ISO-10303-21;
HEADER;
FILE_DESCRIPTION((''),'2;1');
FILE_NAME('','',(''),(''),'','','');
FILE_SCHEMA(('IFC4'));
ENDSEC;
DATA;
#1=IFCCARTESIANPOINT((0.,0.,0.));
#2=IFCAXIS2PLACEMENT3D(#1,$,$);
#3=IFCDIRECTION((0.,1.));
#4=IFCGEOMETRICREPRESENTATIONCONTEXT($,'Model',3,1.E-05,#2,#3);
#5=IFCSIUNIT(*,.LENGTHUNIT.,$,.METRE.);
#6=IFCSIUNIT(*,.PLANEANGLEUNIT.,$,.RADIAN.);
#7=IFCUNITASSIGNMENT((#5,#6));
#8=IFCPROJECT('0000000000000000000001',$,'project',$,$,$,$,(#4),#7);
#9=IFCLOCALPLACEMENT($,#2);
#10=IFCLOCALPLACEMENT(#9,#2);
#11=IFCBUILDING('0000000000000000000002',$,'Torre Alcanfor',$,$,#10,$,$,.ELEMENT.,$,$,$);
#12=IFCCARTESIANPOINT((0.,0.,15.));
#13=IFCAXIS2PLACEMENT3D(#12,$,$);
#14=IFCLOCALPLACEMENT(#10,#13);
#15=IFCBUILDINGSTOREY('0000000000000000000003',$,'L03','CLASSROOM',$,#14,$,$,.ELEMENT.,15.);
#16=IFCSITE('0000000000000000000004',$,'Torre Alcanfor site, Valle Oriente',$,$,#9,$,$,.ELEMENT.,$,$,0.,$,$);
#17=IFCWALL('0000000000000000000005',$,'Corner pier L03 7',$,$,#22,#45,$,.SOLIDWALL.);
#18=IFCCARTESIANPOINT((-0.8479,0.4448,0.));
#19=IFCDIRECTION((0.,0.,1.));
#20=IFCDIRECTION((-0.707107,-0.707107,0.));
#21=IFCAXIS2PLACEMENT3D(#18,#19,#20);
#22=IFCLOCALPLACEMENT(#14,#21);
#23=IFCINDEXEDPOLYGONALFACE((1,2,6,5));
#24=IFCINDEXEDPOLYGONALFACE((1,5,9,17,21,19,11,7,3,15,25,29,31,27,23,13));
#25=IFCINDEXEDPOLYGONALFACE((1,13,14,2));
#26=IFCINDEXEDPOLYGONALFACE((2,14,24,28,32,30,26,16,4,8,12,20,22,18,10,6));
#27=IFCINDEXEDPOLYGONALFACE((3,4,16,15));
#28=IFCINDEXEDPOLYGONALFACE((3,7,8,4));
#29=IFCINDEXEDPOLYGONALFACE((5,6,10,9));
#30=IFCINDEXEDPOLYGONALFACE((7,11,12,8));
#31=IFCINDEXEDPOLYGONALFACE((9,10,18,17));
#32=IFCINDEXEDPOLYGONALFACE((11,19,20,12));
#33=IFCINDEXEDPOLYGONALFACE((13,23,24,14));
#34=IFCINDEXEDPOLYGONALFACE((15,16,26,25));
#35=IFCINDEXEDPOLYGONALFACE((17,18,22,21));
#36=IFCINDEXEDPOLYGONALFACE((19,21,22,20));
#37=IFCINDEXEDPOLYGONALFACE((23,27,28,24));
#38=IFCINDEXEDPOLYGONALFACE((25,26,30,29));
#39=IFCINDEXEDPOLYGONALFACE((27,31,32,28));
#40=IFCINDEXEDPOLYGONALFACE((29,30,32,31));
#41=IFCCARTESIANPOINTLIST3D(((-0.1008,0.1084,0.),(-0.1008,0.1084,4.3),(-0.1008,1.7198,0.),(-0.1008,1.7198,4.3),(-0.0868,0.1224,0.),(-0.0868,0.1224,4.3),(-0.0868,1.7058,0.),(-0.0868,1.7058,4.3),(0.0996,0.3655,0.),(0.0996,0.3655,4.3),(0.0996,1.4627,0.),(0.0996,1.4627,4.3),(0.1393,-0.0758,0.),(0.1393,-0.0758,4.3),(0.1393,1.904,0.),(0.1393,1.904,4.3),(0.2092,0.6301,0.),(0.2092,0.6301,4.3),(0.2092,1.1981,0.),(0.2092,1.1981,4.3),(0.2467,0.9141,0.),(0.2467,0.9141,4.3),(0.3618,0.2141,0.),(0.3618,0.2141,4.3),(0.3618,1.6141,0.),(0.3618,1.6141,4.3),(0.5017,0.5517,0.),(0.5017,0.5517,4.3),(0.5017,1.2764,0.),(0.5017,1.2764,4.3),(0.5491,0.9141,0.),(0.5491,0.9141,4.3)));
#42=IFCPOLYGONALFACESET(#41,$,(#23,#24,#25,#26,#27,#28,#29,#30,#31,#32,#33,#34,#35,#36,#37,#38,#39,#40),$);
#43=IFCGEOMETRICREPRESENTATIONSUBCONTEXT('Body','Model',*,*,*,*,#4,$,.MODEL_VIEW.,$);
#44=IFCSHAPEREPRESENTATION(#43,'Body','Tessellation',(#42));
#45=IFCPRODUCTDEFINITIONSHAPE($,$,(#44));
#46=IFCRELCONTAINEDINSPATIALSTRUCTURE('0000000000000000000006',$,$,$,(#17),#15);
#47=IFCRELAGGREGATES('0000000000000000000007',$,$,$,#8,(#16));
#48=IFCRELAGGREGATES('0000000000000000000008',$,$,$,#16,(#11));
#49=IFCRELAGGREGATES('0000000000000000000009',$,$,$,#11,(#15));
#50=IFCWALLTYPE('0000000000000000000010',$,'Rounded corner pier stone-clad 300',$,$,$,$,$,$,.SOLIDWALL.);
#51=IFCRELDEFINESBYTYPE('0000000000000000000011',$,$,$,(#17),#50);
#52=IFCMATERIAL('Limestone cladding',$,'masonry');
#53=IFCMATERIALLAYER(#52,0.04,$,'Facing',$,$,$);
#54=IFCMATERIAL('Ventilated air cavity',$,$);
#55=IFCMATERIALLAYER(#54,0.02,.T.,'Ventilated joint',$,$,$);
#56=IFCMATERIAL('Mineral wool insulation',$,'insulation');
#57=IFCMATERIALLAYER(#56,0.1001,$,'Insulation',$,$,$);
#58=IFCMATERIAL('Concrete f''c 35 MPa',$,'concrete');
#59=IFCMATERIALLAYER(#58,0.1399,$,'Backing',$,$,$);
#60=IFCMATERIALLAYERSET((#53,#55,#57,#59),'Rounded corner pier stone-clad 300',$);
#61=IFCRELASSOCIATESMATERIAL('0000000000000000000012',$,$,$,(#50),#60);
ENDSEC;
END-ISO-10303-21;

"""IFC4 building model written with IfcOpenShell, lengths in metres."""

from ifc_helpers import new_model, si_unit, direction, frame, origin, place, context, subcontext, project, spatial, polyline, outline, extrude, material, layer, layer_set, type_object, element, save


model = new_model("IFC4")

# Units and contexts
model_context = context("Model", 3, precision=1e-05, world=origin(), true_north=direction((0.0, 1.0)))
body_context = subcontext(model_context, "Body", "Model", "MODEL_VIEW")
ifc_project = project(units=[si_unit("LENGTHUNIT", "METRE"), si_unit("PLANEANGLEUNIT", "RADIAN")], contexts=[model_context])

# Site, building, storey
site_placement = place(None, origin())
site = spatial("IfcSite", under=ifc_project, at=site_placement, Name="Torre Alcanfor site, Valle Oriente", CompositionType="ELEMENT", RefElevation=0.0)
building_placement = place(site_placement, origin())
building = spatial("IfcBuilding", under=site, at=building_placement, Name="Torre Alcanfor", CompositionType="ELEMENT")
storey_placement = place(building_placement, frame((0.0, 0.0, 15.0)))
storey = spatial("IfcBuildingStorey", under=building, at=storey_placement, Name="L03", Description="CLASSROOM", CompositionType="ELEMENT", Elevation=15.0)

# Wall
ifc_material_1 = material(Name="Limestone cladding", Category="masonry")
ifc_layer_1 = layer(ifc_material_1, 0.04, Name="Facing")
ifc_material_2 = material(Name="Ventilated air cavity")
ifc_layer_2 = layer(ifc_material_2, 0.02, ventilated=True, Name="Ventilated joint")
ifc_material_3 = material(Name="Mineral wool insulation", Category="insulation")
ifc_layer_3 = layer(ifc_material_3, 0.1001, Name="Insulation")
ifc_material_4 = material(Name="Concrete f'c 35 MPa", Category="concrete")
ifc_layer_4 = layer(ifc_material_4, 0.1399, Name="Backing")
ifc_layer_set_1 = layer_set([ifc_layer_1, ifc_layer_2, ifc_layer_3, ifc_layer_4], Name="Rounded corner pier stone-clad 300")
wall_type = type_object("IfcWallType", Name="Rounded corner pier stone-clad 300", PredefinedType="SOLIDWALL", material=ifc_layer_set_1)
wall_placement = place(storey_placement, frame((-0.8479, 0.4448, 0.0), z_axis=(0.0, 0.0, 1.0), x_axis=(-0.707107, -0.707107, 0.0)))
element("IfcWall", 1, at=wall_placement, inside=storey, type_object=wall_type, Name="Corner pier L03 7", PredefinedType="SOLIDWALL", context=body_context, shape_type="SweptSolid", body=[
    extrude(outline(polyline([(0.1393, 1.904), (-0.1008, 1.7198), (-0.0868, 1.7058), (0.0996, 1.4627), (0.2092, 1.1981), (0.2467, 0.9141), (0.2092, 0.6301), (0.0996, 0.3655), (-0.0868, 0.1224), (-0.1008, 0.1084), (0.1393, -0.0758), (0.3618, 0.2141), (0.5017, 0.5517), (0.5491, 0.9141), (0.5017, 1.2764), (0.3618, 1.6141), (0.1393, 1.904)])), origin(), (0.0, 0.0, 1.0), 4.3),
])

save(model, "model.ifc")
